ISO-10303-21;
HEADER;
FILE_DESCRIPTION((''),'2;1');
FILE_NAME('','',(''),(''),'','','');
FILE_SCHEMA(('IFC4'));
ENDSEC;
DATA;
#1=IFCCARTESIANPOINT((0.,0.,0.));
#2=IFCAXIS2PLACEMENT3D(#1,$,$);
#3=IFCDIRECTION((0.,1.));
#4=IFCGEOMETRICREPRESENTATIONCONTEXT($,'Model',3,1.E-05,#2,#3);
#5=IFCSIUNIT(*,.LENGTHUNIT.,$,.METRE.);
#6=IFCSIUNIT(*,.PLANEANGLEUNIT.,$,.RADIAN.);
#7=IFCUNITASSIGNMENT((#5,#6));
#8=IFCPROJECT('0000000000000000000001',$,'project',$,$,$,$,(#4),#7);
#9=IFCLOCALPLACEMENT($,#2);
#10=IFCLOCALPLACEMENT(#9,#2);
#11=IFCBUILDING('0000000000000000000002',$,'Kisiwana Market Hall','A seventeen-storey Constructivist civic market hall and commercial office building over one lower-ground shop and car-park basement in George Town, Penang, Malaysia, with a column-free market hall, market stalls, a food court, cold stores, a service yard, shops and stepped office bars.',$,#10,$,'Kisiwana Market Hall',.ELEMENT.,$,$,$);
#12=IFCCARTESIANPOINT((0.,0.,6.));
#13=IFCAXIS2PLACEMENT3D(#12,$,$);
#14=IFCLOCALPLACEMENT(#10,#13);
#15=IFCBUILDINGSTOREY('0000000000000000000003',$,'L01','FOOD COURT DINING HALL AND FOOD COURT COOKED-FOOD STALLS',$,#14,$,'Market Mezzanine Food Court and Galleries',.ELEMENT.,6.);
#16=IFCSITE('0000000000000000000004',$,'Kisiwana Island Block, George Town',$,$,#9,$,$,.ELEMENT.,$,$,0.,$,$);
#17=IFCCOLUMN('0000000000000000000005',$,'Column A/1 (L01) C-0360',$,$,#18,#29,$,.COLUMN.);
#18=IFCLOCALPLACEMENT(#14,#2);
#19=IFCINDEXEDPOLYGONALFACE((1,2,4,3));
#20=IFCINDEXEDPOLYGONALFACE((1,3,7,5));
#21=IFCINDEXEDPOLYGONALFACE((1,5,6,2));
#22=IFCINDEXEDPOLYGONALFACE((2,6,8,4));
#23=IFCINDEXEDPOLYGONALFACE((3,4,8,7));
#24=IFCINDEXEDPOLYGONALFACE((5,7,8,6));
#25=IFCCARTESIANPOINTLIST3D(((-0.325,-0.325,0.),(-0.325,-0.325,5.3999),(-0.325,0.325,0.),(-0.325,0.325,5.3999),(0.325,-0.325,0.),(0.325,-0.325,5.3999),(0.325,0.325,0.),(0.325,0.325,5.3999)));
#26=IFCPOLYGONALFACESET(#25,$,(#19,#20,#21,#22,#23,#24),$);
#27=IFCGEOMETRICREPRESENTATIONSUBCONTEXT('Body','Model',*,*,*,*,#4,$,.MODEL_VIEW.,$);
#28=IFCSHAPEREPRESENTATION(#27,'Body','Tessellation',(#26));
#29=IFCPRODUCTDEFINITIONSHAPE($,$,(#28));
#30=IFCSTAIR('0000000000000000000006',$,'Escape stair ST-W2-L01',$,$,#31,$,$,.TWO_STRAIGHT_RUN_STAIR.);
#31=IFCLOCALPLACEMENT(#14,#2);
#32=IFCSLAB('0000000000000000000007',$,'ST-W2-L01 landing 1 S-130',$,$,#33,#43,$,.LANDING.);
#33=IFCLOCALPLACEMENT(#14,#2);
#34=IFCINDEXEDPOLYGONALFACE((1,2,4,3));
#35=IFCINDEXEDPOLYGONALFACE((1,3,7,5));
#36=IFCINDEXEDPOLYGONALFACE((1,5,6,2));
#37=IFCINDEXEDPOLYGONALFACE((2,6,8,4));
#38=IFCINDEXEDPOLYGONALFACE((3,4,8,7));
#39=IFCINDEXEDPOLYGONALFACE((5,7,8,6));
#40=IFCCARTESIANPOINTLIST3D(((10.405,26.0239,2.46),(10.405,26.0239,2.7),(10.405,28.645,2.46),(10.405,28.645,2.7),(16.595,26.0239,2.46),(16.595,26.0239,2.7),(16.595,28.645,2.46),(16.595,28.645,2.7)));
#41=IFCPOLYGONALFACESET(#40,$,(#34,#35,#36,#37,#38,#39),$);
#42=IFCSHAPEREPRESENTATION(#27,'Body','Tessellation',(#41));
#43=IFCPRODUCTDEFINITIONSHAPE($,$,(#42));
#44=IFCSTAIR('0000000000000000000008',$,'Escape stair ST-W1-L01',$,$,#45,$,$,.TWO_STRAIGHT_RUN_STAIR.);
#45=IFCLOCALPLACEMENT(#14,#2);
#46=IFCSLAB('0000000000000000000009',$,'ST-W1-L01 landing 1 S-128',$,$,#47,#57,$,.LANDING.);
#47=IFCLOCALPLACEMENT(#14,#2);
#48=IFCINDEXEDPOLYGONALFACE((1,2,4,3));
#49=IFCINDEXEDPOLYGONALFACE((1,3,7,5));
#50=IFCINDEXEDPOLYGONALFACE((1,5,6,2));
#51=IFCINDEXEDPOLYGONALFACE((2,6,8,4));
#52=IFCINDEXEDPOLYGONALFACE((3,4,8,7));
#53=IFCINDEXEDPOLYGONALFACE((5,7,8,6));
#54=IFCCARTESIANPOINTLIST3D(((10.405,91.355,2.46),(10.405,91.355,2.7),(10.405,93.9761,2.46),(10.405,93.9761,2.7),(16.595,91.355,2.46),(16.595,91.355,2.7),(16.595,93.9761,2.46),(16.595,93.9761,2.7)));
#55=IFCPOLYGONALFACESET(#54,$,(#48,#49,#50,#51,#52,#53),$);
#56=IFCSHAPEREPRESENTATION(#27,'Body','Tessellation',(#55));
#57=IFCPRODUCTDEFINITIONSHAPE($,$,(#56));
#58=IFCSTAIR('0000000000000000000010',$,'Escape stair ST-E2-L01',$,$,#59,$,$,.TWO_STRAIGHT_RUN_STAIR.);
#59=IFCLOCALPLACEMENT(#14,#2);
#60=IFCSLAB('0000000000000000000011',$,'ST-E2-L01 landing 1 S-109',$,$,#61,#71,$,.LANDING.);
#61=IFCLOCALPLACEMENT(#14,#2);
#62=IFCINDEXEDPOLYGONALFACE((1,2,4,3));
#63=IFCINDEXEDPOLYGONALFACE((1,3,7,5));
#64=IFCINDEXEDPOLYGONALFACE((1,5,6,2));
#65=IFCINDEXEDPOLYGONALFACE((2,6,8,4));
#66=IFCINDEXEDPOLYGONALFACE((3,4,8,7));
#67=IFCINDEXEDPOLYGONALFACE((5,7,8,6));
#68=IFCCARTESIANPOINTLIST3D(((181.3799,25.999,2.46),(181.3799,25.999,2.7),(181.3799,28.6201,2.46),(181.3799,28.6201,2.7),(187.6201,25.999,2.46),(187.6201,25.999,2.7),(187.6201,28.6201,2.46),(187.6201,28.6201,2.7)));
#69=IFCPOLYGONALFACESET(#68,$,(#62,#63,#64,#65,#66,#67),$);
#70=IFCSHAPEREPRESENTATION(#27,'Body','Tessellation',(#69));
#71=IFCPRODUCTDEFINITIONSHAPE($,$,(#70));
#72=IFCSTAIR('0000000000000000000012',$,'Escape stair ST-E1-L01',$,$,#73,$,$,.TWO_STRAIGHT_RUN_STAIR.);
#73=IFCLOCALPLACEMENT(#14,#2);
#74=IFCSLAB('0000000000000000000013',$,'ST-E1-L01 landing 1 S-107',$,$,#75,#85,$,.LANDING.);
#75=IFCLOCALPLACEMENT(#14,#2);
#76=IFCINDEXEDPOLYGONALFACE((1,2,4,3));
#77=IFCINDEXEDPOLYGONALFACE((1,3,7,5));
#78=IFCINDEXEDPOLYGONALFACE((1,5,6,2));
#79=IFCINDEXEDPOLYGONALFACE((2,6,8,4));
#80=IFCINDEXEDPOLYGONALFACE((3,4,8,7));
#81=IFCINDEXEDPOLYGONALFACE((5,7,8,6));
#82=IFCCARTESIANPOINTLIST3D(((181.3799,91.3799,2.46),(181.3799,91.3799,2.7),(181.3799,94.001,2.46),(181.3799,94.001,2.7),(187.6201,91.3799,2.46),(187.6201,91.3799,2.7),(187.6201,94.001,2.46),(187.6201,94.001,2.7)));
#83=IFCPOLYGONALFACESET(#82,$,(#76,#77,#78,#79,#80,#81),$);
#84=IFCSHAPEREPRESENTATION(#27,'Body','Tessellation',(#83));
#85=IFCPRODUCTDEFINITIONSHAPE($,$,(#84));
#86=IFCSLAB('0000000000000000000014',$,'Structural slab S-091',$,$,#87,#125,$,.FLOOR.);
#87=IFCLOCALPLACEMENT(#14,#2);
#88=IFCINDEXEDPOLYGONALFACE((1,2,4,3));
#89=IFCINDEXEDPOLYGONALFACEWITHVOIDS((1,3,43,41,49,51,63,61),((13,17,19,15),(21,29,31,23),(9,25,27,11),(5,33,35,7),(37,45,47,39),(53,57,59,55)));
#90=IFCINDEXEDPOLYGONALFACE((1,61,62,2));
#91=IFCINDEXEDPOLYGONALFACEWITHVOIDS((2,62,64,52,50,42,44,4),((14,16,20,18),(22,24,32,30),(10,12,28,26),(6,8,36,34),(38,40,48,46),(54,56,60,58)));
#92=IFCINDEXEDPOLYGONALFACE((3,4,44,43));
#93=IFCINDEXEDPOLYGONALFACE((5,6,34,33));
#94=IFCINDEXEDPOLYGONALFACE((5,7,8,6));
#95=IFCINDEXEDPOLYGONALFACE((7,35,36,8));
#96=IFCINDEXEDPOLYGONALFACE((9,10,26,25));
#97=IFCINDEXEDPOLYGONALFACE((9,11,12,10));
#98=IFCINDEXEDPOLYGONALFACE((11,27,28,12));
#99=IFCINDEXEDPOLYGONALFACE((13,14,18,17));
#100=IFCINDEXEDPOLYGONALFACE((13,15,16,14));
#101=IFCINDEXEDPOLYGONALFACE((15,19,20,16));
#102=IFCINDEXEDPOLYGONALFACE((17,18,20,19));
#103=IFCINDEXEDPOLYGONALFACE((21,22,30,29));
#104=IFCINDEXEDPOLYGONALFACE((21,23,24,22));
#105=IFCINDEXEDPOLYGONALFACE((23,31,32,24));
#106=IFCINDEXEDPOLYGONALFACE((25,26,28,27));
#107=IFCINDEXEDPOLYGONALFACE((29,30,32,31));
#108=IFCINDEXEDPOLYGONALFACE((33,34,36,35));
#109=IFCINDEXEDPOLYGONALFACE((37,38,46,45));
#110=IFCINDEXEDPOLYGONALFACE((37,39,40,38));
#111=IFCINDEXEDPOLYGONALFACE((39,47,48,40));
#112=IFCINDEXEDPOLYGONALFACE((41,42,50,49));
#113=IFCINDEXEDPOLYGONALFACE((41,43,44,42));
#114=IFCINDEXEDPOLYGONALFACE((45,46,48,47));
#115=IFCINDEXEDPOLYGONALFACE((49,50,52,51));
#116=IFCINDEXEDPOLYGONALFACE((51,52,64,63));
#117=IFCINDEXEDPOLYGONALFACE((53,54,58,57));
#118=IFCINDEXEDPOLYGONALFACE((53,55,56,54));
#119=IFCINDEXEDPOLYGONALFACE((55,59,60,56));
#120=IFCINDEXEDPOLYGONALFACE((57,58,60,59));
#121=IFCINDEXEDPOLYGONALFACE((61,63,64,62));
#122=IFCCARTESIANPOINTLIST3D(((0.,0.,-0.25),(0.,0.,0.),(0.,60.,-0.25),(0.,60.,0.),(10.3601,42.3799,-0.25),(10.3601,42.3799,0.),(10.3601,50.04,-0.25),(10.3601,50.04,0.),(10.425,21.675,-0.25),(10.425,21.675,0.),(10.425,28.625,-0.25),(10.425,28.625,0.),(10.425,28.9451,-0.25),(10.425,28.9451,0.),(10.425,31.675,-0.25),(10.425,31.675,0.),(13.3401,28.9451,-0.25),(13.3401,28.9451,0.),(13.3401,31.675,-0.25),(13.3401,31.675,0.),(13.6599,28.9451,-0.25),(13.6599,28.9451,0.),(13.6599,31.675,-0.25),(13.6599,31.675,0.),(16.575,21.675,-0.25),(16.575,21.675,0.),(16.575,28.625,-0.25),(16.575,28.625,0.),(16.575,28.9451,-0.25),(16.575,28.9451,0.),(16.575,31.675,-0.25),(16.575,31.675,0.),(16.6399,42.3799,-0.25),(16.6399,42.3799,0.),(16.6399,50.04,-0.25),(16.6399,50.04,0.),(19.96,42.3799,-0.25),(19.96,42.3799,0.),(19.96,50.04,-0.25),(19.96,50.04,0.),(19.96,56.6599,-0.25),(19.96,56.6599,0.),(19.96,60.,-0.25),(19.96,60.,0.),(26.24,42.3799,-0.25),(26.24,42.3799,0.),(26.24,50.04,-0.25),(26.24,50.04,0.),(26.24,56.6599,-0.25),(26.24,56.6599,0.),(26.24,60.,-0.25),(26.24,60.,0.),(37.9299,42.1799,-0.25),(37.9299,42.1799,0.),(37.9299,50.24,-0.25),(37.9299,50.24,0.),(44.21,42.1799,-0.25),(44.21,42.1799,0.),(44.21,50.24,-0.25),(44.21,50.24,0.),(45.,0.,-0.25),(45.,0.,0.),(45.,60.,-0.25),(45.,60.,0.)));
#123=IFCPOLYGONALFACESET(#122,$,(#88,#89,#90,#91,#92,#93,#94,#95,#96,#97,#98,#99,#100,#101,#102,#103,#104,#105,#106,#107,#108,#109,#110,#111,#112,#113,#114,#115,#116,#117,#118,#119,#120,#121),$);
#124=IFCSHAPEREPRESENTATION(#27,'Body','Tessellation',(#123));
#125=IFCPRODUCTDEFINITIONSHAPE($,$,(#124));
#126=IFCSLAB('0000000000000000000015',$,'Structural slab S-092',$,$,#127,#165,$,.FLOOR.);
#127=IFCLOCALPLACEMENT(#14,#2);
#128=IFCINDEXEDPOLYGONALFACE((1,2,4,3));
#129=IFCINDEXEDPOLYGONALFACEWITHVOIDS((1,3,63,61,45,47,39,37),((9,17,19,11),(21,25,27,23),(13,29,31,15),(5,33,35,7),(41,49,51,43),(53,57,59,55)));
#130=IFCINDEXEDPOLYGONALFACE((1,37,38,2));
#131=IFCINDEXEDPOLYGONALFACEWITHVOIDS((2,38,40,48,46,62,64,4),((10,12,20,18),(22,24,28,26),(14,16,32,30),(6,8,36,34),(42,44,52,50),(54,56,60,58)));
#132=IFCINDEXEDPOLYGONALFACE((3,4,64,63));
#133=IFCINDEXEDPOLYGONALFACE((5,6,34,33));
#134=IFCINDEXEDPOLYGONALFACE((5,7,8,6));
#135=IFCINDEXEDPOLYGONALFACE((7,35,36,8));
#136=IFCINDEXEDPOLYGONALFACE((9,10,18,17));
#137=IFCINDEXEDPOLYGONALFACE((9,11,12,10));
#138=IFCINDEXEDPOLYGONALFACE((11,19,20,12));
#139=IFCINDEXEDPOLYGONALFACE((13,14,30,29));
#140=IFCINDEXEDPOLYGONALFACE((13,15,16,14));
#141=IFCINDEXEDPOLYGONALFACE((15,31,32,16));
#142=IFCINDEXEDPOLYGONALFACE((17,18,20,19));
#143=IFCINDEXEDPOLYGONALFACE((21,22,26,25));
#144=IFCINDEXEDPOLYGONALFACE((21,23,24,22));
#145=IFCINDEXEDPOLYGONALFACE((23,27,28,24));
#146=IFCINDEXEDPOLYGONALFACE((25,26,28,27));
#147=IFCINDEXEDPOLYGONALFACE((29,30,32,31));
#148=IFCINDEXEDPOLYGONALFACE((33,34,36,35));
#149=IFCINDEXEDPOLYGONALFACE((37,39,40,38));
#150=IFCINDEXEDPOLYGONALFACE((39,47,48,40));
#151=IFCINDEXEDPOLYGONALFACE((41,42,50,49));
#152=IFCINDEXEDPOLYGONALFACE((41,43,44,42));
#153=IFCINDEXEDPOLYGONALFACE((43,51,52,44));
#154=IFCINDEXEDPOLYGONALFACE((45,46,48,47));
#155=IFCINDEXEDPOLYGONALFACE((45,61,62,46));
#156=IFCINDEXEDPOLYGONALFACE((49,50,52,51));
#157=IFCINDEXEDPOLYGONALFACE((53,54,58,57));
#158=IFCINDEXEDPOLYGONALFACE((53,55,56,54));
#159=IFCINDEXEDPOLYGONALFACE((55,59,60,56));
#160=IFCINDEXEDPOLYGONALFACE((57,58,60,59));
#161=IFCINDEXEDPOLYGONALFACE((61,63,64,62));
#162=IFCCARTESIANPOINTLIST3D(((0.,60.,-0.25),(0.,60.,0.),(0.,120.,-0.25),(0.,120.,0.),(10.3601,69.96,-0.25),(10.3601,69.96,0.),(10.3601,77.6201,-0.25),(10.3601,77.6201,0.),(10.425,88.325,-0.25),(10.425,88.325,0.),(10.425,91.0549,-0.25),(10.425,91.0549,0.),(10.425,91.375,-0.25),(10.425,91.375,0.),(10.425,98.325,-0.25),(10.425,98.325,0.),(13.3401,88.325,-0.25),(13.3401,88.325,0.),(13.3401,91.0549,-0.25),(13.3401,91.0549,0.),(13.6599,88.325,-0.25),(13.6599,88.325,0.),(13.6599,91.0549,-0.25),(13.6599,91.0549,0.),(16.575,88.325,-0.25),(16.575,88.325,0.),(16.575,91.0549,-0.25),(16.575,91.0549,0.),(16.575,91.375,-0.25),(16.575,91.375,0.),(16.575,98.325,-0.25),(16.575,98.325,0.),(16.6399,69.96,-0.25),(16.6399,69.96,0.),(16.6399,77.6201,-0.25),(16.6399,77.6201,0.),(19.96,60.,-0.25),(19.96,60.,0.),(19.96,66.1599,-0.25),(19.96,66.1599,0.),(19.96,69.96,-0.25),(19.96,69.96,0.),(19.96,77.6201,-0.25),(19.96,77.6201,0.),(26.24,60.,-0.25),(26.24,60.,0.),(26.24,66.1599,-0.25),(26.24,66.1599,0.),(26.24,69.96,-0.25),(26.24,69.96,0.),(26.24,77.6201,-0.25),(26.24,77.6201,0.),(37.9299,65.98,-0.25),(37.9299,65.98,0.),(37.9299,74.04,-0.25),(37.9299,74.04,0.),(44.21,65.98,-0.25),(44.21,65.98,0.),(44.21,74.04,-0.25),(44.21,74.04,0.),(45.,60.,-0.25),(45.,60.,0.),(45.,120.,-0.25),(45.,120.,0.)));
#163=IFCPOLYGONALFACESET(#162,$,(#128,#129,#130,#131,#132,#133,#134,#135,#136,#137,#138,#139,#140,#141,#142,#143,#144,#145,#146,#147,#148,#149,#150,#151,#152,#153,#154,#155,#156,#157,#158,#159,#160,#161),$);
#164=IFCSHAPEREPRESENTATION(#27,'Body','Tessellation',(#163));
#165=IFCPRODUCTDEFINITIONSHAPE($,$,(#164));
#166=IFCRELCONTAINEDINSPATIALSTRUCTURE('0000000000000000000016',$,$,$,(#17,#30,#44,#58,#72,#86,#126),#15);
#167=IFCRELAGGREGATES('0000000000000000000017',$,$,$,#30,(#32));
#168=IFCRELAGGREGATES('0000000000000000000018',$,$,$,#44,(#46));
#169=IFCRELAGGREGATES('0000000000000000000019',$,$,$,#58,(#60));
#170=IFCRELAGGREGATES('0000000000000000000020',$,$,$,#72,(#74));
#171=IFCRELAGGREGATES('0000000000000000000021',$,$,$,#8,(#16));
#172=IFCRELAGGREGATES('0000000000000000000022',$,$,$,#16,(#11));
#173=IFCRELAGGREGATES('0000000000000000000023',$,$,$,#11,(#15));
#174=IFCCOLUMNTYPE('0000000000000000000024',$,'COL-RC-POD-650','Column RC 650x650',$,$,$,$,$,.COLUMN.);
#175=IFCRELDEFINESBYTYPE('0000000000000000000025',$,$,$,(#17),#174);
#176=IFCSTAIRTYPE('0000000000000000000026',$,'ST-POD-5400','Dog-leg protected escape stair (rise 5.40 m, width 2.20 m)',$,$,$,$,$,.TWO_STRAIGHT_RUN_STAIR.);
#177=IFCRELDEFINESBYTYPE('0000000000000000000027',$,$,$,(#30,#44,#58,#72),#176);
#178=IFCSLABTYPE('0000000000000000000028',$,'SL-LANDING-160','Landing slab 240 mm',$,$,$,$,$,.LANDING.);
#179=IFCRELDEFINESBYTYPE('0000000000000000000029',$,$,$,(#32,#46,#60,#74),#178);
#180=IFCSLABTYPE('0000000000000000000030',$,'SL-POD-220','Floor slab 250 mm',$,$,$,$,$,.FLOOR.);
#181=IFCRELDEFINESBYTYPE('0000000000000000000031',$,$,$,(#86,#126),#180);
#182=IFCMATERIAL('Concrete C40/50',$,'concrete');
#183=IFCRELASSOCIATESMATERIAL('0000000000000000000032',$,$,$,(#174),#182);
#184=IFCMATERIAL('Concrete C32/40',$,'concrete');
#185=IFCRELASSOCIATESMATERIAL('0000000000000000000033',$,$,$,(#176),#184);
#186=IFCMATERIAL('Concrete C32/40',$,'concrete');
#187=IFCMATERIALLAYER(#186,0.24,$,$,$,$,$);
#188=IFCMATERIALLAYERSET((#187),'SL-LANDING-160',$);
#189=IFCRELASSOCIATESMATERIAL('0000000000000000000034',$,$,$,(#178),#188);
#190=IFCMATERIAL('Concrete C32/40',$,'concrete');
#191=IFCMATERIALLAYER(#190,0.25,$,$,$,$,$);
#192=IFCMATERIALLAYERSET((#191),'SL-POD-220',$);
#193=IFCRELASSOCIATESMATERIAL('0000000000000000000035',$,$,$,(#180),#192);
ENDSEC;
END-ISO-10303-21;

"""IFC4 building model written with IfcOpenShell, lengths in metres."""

from ifc_helpers import new_model, si_unit, direction, frame, origin, origin_with_axes, origin_2d, place, context, subcontext, project, spatial, polyline, rectangle, outline, extrude, material, layer, layer_set, material_profile, profile_set, type_object, element, aggregate, save


model = new_model("IFC4")

# Units and contexts
model_context = context("Model", 3, precision=1e-05, world=origin(), true_north=direction((0.0, 1.0)))
body_context = subcontext(model_context, "Body", "Model", "MODEL_VIEW")
ifc_project = project(units=[si_unit("LENGTHUNIT", "METRE"), si_unit("PLANEANGLEUNIT", "RADIAN")], contexts=[model_context])

# Site, building, storey
site_placement = place(None, origin())
site = spatial("IfcSite", under=ifc_project, at=site_placement, Name="Kisiwana Island Block, George Town", CompositionType="ELEMENT", RefElevation=0.0)
building_placement = place(site_placement, origin())
building = spatial("IfcBuilding", under=site, at=building_placement, Name="Kisiwana Market Hall", Description="A seventeen-storey Constructivist civic market hall and commercial office building over one lower-ground shop and car-park basement in George Town, Penang, Malaysia, with a column-free market hall, market stalls, a food court, cold stores, a service yard, shops and stepped office bars.", LongName="Kisiwana Market Hall", CompositionType="ELEMENT")
storey_placement = place(building_placement, frame((0.0, 0.0, 6.0)))
storey = spatial("IfcBuildingStorey", under=building, at=storey_placement, Name="L01", Description="FOOD COURT DINING HALL AND FOOD COURT COOKED-FOOD STALLS", LongName="Market Mezzanine Food Court and Galleries", CompositionType="ELEMENT", Elevation=6.0)

# Column
ifc_material_1 = material(Name="Concrete C40/50", Category="concrete")
ifc_material_profile = material_profile(ifc_material_1, rectangle(XDim=0.6499, YDim=0.6499, at=origin_2d()), Name="RC 650x650")
ifc_profile_set = profile_set([ifc_material_profile], Name="Concrete C40/50")
column_type = type_object("IfcColumnType", Name="COL-RC-POD-650", Description="Column RC 650x650", PredefinedType="COLUMN", material=ifc_profile_set)
column_placement = place(storey_placement, origin_with_axes())
element("IfcColumn", 1, at=column_placement, inside=storey, type_object=column_type, Name="Column A/1 (L01) C-0360", PredefinedType="COLUMN", context=body_context, shape_type="SweptSolid", body=[
    extrude(rectangle(XDim=0.6499, YDim=0.6499, at=origin_2d()), origin(), (0.0, 0.0, 1.0), 5.3999),
])

# Stairs, slabs
ifc_material_2 = material(Name="Concrete C32/40", Category="concrete")
stair_type = type_object("IfcStairType", Name="ST-POD-5400", Description="Dog-leg protected escape stair (rise 5.40 m, width 2.20 m)", PredefinedType="TWO_STRAIGHT_RUN_STAIR", material=ifc_material_2)
stair_1_placement = place(storey_placement, origin())
stair_1 = element("IfcStair", 2, at=stair_1_placement, inside=storey, type_object=stair_type, Name="Escape stair ST-W2-L01", PredefinedType="TWO_STRAIGHT_RUN_STAIR")
ifc_material_3 = material(Name="Concrete C32/40", Category="concrete")
ifc_layer_1 = layer(ifc_material_3, 0.24)
ifc_layer_set_1 = layer_set([ifc_layer_1], Name="SL-LANDING-160")
slab_type_1 = type_object("IfcSlabType", Name="SL-LANDING-160", Description="Landing slab 240 mm", PredefinedType="LANDING", material=ifc_layer_set_1)
slab_1_placement = place(storey_placement, frame((0.0, 0.0, 2.46)))
slab_1 = element("IfcSlab", 3, at=slab_1_placement, type_object=slab_type_1, Name="ST-W2-L01 landing 1 S-130", PredefinedType="LANDING", context=body_context, shape_type="SweptSolid", body=[
    extrude(outline(polyline([(10.405, 26.0239), (16.595, 26.0239), (16.595, 28.645), (10.405, 28.645), (10.405, 26.0239)])), origin(), (0.0, 0.0, 1.0), 0.24),
])
aggregate(stair_1, [slab_1])
stair_2_placement = place(storey_placement, origin())
stair_2 = element("IfcStair", 4, at=stair_2_placement, inside=storey, type_object=stair_type, Name="Escape stair ST-W1-L01", PredefinedType="TWO_STRAIGHT_RUN_STAIR")
slab_2_placement = place(storey_placement, frame((0.0, 0.0, 2.46)))
slab_2 = element("IfcSlab", 5, at=slab_2_placement, type_object=slab_type_1, Name="ST-W1-L01 landing 1 S-128", PredefinedType="LANDING", context=body_context, shape_type="SweptSolid", body=[
    extrude(outline(polyline([(10.405, 91.355), (16.595, 91.355), (16.595, 93.9761), (10.405, 93.9761), (10.405, 91.355)])), origin(), (0.0, 0.0, 1.0), 0.24),
])
aggregate(stair_2, [slab_2])
stair_3_placement = place(storey_placement, origin())
stair_3 = element("IfcStair", 6, at=stair_3_placement, inside=storey, type_object=stair_type, Name="Escape stair ST-E2-L01", PredefinedType="TWO_STRAIGHT_RUN_STAIR")
slab_3_placement = place(storey_placement, frame((0.0, 0.0, 2.46)))
slab_3 = element("IfcSlab", 7, at=slab_3_placement, type_object=slab_type_1, Name="ST-E2-L01 landing 1 S-109", PredefinedType="LANDING", context=body_context, shape_type="SweptSolid", body=[
    extrude(outline(polyline([(181.3799, 25.999), (187.6201, 25.999), (187.6201, 28.6201), (181.3799, 28.6201), (181.3799, 25.999)])), origin(), (0.0, 0.0, 1.0), 0.24),
])
aggregate(stair_3, [slab_3])
stair_4_placement = place(storey_placement, origin())
stair_4 = element("IfcStair", 8, at=stair_4_placement, inside=storey, type_object=stair_type, Name="Escape stair ST-E1-L01", PredefinedType="TWO_STRAIGHT_RUN_STAIR")
slab_4_placement = place(storey_placement, frame((0.0, 0.0, 2.46)))
slab_4 = element("IfcSlab", 9, at=slab_4_placement, type_object=slab_type_1, Name="ST-E1-L01 landing 1 S-107", PredefinedType="LANDING", context=body_context, shape_type="SweptSolid", body=[
    extrude(outline(polyline([(181.3799, 91.3799), (187.6201, 91.3799), (187.6201, 94.001), (181.3799, 94.001), (181.3799, 91.3799)])), origin(), (0.0, 0.0, 1.0), 0.24),
])
aggregate(stair_4, [slab_4])

# Slabs
ifc_material_4 = material(Name="Concrete C32/40", Category="concrete")
ifc_layer_2 = layer(ifc_material_4, 0.25)
ifc_layer_set_2 = layer_set([ifc_layer_2], Name="SL-POD-220")
slab_type_2 = type_object("IfcSlabType", Name="SL-POD-220", Description="Floor slab 250 mm", PredefinedType="FLOOR", material=ifc_layer_set_2)
slab_5_placement = place(storey_placement, frame((0.0, 0.0, -0.25)))
element("IfcSlab", 10, at=slab_5_placement, inside=storey, type_object=slab_type_2, Name="Structural slab S-091", PredefinedType="FLOOR", context=body_context, shape_type="SweptSolid", body=[
    extrude(outline(polyline([(0.0, 0.0), (45.0, 0.0), (45.0, 60.0), (26.24, 60.0), (26.24, 56.6599), (19.96, 56.6599), (19.96, 60.0), (0.0, 60.0), (0.0, 0.0)]), holes=[polyline([(10.425, 21.675), (16.575, 21.675), (16.575, 28.625), (10.425, 28.625), (10.425, 21.675)]), polyline([(10.425, 28.9451), (13.3401, 28.9451), (13.3401, 31.675), (10.425, 31.675), (10.425, 28.9451)]), polyline([(13.6599, 28.9451), (16.575, 28.9451), (16.575, 31.675), (13.6599, 31.675), (13.6599, 28.9451)]), polyline([(10.3601, 42.3799), (16.6399, 42.3799), (16.6399, 50.04), (10.3601, 50.04), (10.3601, 42.3799)]), polyline([(19.96, 42.3799), (26.24, 42.3799), (26.24, 50.04), (19.96, 50.04), (19.96, 42.3799)]), polyline([(37.9299, 42.1799), (44.21, 42.1799), (44.21, 50.24), (37.9299, 50.24), (37.9299, 42.1799)])]), origin(), (0.0, 0.0, 1.0), 0.25),
])
slab_6_placement = place(storey_placement, frame((0.0, 0.0, -0.25)))
element("IfcSlab", 11, at=slab_6_placement, inside=storey, type_object=slab_type_2, Name="Structural slab S-092", PredefinedType="FLOOR", context=body_context, shape_type="SweptSolid", body=[
    extrude(outline(polyline([(0.0, 60.0), (19.96, 60.0), (19.96, 66.1599), (26.24, 66.1599), (26.24, 60.0), (45.0, 60.0), (45.0, 120.0), (0.0, 120.0), (0.0, 60.0)]), holes=[polyline([(10.425, 91.375), (16.575, 91.375), (16.575, 98.325), (10.425, 98.325), (10.425, 91.375)]), polyline([(10.425, 88.325), (13.3401, 88.325), (13.3401, 91.0549), (10.425, 91.0549), (10.425, 88.325)]), polyline([(13.6599, 88.325), (16.575, 88.325), (16.575, 91.0549), (13.6599, 91.0549), (13.6599, 88.325)]), polyline([(10.3601, 69.96), (16.6399, 69.96), (16.6399, 77.6201), (10.3601, 77.6201), (10.3601, 69.96)]), polyline([(19.96, 69.96), (26.24, 69.96), (26.24, 77.6201), (19.96, 77.6201), (19.96, 69.96)]), polyline([(37.9299, 65.98), (44.21, 65.98), (44.21, 74.04), (37.9299, 74.04), (37.9299, 65.98)])]), origin(), (0.0, 0.0, 1.0), 0.25),
])

save(model, "model.ifc")
